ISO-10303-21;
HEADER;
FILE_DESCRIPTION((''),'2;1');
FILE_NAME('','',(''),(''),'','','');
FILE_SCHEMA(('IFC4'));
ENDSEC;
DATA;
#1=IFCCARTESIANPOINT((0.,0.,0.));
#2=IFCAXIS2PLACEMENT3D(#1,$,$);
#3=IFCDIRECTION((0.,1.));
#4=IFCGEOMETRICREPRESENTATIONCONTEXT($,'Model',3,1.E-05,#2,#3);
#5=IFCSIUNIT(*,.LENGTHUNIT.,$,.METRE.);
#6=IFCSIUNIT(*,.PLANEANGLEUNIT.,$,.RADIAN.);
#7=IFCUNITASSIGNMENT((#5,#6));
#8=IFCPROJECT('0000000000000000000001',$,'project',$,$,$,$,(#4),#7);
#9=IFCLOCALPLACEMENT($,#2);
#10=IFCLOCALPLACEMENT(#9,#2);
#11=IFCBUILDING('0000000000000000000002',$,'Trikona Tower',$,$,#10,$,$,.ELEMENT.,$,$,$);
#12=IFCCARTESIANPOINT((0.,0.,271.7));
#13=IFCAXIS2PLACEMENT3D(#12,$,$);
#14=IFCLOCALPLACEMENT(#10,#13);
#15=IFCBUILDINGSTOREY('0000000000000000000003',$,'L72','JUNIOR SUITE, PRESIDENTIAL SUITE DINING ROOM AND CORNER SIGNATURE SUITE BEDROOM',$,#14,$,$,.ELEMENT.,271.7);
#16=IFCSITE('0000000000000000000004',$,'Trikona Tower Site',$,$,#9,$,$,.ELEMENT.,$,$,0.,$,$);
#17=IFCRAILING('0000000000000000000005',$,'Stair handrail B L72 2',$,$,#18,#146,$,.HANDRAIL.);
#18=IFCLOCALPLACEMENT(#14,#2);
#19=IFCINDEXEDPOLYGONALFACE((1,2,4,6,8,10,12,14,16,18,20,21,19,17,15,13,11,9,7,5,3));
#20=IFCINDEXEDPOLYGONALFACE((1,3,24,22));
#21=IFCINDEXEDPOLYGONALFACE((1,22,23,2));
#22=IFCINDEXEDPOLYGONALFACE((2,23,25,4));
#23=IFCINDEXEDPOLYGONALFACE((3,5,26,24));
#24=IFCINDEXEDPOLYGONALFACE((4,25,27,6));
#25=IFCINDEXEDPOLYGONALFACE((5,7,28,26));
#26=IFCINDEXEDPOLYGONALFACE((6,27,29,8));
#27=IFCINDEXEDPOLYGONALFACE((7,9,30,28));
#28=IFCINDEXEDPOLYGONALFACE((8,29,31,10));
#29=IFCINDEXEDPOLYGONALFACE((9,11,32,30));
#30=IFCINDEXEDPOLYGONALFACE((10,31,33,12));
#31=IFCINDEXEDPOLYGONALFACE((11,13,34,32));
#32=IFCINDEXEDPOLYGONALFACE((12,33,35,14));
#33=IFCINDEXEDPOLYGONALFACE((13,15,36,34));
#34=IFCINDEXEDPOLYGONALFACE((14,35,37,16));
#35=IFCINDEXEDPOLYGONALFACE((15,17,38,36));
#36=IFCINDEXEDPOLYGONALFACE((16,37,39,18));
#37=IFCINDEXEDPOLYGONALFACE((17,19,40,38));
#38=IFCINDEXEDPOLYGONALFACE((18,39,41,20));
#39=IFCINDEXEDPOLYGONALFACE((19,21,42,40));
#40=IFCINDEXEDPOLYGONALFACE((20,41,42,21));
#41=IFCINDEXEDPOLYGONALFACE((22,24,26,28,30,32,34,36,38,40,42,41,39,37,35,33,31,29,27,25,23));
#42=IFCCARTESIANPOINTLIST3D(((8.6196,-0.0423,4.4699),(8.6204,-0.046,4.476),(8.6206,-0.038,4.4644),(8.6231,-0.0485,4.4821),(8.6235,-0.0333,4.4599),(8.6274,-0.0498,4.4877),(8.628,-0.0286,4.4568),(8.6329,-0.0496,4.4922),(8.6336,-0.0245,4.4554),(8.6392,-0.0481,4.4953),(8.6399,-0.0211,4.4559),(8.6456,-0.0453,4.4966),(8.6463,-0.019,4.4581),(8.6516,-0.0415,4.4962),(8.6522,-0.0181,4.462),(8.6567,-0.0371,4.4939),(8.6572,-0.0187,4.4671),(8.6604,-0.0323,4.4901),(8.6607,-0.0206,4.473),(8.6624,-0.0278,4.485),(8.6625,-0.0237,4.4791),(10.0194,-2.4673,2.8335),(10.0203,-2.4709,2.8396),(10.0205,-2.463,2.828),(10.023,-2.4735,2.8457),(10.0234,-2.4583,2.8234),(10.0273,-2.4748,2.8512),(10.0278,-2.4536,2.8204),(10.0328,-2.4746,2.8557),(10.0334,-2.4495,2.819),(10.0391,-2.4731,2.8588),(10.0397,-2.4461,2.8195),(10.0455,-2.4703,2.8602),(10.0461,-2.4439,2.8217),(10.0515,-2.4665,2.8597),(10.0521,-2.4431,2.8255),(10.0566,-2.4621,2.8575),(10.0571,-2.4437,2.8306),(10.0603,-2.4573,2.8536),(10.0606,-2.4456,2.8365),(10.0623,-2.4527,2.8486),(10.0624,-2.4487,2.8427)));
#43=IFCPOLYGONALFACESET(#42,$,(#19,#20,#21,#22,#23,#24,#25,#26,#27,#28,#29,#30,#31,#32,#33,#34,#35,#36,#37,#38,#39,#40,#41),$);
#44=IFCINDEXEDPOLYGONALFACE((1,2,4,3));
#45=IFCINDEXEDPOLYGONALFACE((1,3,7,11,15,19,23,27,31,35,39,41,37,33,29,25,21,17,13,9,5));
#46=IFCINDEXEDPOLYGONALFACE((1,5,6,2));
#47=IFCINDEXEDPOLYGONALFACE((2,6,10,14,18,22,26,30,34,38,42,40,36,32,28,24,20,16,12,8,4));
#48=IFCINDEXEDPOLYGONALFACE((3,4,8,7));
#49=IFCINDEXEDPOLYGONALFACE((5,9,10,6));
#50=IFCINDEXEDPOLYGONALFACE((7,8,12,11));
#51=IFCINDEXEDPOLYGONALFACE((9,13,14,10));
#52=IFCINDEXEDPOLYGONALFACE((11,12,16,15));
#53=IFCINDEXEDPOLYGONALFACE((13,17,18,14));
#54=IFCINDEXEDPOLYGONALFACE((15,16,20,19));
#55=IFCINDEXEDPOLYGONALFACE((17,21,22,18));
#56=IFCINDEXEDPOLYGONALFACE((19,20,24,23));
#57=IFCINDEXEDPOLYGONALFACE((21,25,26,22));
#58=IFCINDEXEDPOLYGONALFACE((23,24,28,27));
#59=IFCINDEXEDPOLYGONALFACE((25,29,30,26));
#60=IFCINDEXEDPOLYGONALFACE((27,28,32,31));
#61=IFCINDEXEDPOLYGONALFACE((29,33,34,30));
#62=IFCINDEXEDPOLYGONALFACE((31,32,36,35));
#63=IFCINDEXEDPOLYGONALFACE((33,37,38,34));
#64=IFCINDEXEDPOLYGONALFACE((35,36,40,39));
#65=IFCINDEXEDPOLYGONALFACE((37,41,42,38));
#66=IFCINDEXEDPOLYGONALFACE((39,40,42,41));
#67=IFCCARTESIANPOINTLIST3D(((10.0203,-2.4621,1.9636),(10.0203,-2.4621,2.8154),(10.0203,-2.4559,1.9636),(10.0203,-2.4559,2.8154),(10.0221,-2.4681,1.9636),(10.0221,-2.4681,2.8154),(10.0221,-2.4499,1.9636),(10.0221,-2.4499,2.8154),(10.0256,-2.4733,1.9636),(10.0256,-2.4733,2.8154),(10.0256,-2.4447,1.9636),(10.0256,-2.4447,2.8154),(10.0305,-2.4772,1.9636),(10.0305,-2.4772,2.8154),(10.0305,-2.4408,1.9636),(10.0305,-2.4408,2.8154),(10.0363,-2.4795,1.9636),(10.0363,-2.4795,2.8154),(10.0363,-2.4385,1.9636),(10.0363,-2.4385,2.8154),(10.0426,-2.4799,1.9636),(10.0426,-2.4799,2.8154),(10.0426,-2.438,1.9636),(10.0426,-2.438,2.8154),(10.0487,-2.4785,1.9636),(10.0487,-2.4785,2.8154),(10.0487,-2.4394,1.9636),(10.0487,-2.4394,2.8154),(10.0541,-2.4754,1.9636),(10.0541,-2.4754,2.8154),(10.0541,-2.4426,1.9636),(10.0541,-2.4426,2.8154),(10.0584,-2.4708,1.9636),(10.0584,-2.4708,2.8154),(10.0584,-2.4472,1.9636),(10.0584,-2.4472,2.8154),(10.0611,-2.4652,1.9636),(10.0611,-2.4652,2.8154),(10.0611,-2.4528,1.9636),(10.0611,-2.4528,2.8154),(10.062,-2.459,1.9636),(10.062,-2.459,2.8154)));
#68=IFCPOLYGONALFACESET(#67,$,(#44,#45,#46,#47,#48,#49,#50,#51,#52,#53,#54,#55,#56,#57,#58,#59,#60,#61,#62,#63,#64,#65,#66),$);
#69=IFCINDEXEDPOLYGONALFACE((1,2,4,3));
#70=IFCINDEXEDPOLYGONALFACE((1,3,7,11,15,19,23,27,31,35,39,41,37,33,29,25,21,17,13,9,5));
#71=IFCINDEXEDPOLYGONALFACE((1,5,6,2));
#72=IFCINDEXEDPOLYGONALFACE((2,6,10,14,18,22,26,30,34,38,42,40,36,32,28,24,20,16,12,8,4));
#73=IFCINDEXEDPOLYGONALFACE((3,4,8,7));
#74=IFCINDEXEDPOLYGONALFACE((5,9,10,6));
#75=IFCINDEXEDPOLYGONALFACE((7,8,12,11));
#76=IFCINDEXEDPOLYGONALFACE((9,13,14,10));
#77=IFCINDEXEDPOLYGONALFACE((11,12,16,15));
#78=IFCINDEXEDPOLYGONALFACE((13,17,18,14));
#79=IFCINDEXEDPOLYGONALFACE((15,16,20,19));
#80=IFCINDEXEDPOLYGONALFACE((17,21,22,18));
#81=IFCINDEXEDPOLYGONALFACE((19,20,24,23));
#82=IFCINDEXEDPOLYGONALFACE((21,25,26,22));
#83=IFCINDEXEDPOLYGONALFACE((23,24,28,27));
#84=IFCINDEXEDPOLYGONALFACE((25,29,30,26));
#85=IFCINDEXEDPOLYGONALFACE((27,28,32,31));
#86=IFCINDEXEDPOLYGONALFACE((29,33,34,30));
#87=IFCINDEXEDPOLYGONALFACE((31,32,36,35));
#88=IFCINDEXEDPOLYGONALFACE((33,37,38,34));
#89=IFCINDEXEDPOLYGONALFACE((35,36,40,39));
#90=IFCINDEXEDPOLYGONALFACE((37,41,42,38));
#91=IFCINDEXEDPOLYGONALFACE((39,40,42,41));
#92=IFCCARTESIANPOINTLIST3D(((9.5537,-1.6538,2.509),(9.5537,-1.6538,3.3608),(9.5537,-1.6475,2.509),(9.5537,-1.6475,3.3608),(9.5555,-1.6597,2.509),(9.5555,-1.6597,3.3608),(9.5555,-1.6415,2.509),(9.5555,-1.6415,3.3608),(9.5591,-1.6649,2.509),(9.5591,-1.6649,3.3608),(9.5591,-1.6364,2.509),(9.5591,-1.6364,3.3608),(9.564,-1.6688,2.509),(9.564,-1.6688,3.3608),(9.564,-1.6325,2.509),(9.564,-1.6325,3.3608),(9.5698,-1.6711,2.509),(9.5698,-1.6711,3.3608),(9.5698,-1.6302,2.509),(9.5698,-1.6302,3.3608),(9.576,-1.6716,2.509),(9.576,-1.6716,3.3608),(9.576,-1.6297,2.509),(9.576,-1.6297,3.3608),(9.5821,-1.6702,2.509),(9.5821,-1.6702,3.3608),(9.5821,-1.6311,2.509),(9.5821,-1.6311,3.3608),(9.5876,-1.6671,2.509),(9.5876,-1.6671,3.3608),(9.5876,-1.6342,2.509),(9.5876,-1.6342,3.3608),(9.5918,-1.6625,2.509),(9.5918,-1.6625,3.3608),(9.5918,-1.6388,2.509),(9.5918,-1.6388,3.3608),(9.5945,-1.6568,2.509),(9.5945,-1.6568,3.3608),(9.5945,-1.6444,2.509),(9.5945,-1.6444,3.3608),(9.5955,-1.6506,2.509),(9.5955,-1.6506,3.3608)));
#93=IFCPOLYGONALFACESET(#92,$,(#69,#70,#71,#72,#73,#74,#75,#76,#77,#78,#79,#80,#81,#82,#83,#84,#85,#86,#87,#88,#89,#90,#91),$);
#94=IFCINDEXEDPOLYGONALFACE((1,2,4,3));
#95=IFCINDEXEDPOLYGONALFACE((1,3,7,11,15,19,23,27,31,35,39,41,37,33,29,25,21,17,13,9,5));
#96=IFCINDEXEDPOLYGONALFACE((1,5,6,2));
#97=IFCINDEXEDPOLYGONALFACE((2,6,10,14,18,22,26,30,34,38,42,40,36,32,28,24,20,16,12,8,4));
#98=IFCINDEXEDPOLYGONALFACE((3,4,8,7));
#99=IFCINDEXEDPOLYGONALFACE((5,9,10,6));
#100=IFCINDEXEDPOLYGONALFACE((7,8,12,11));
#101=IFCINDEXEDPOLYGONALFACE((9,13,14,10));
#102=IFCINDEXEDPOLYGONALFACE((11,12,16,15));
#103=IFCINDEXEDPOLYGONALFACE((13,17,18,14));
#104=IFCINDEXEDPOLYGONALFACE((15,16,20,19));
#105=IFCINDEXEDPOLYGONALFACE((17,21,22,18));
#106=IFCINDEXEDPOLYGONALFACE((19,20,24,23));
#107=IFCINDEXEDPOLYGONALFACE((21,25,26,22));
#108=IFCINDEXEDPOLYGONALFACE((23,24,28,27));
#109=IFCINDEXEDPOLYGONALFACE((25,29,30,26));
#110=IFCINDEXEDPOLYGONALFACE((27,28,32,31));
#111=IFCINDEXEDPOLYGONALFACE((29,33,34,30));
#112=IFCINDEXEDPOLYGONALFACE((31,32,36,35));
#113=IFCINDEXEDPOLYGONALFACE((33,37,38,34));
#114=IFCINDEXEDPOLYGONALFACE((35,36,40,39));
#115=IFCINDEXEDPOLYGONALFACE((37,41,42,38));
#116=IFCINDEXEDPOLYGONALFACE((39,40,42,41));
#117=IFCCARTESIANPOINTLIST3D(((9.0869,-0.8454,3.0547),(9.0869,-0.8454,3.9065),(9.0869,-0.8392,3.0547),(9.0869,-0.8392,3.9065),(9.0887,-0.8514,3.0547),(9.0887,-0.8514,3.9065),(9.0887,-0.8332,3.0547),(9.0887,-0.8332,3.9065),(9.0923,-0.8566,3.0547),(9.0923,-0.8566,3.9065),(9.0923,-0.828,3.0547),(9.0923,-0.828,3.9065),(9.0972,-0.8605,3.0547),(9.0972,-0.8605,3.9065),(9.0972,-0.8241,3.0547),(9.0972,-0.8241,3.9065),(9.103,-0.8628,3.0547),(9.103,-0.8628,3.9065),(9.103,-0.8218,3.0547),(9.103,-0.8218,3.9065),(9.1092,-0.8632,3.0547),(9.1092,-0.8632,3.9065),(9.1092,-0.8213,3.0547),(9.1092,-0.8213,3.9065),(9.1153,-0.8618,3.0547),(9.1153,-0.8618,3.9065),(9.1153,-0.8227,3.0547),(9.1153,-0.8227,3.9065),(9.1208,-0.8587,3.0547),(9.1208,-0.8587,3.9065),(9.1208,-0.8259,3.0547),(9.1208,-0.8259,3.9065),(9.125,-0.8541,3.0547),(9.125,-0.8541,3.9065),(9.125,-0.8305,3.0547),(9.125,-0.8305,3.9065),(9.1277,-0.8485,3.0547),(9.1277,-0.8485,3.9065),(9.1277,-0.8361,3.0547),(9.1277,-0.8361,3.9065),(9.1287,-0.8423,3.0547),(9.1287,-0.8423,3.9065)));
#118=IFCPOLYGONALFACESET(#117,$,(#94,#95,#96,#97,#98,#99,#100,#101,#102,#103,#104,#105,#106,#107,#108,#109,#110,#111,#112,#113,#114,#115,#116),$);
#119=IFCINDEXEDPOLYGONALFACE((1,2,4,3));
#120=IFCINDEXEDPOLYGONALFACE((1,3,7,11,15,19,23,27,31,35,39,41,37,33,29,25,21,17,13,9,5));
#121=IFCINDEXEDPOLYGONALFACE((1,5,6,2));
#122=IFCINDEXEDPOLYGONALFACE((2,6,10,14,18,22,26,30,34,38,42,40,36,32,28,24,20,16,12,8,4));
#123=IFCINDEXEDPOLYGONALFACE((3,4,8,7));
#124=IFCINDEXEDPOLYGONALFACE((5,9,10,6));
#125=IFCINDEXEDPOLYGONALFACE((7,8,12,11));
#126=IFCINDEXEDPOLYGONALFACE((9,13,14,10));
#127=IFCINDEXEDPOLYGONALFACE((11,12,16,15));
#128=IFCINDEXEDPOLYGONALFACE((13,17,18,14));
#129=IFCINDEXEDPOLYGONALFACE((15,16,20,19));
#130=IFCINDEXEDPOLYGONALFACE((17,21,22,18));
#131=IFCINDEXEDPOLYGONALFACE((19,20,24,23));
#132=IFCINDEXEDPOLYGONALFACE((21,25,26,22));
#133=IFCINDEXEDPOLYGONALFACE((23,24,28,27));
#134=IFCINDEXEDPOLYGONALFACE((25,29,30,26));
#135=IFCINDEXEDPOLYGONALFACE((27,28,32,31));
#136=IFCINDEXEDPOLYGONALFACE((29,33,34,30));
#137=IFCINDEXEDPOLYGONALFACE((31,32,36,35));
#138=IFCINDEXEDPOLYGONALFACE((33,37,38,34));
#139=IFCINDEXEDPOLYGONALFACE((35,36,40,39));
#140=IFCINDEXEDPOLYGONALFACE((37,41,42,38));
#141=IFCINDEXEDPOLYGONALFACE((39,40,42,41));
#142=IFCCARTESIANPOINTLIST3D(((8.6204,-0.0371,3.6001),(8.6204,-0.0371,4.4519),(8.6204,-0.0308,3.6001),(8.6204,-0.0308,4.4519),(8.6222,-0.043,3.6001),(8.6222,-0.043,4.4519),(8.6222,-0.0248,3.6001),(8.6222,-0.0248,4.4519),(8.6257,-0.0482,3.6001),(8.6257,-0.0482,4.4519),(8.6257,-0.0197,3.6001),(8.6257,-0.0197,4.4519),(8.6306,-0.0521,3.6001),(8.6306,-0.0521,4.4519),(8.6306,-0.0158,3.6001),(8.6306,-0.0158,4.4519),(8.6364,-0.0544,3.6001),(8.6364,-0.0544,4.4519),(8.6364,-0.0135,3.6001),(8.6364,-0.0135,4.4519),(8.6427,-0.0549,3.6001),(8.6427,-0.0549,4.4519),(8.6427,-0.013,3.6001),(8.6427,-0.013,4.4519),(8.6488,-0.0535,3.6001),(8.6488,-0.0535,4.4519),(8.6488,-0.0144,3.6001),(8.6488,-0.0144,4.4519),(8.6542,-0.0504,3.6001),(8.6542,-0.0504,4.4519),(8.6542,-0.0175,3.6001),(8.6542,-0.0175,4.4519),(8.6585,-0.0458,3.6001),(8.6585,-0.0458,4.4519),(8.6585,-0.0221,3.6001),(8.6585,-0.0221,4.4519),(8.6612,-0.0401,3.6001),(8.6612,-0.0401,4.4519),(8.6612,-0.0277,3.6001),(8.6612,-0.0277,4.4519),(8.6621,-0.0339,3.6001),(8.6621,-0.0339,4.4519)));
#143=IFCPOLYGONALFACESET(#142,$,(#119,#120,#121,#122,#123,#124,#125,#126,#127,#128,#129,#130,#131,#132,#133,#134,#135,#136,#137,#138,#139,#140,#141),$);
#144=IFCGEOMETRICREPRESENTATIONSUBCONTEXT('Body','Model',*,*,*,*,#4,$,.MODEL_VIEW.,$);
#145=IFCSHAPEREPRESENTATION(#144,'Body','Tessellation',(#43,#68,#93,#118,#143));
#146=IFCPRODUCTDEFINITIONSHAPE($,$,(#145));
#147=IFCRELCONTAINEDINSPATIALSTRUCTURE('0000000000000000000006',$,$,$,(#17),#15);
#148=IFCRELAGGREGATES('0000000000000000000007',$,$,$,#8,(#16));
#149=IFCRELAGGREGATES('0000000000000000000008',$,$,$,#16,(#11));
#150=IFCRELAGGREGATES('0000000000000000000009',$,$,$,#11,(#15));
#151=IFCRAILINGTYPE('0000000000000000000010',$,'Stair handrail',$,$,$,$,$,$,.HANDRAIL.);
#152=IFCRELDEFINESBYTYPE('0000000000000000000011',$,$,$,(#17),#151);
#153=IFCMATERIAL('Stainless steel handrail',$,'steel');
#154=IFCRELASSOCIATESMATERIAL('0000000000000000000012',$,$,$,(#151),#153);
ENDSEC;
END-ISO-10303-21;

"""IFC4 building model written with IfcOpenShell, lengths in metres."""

from ifc_helpers import new_model, si_unit, direction, frame, origin, origin_2d, place, context, subcontext, project, spatial, circle, extrude, material, type_object, element, save


model = new_model("IFC4")

# Units and contexts
model_context = context("Model", 3, precision=1e-05, world=origin(), true_north=direction((0.0, 1.0)))
body_context = subcontext(model_context, "Body", "Model", "MODEL_VIEW")
ifc_project = project(units=[si_unit("LENGTHUNIT", "METRE"), si_unit("PLANEANGLEUNIT", "RADIAN")], contexts=[model_context])

# Site, building, storey
site_placement = place(None, origin())
site = spatial("IfcSite", under=ifc_project, at=site_placement, Name="Trikona Tower Site", CompositionType="ELEMENT", RefElevation=0.0)
building_placement = place(site_placement, origin())
building = spatial("IfcBuilding", under=site, at=building_placement, Name="Trikona Tower", CompositionType="ELEMENT")
storey_placement = place(building_placement, frame((0.0, 0.0, 271.7)))
storey = spatial("IfcBuildingStorey", under=building, at=storey_placement, Name="L72", Description="JUNIOR SUITE, PRESIDENTIAL SUITE DINING ROOM AND CORNER SIGNATURE SUITE BEDROOM", CompositionType="ELEMENT", Elevation=271.7)

# Railing
ifc_material_1 = material(Name="Stainless steel handrail", Category="steel")
railing_type = type_object("IfcRailingType", Name="Stair handrail", PredefinedType="HANDRAIL", material=ifc_material_1)
railing_placement = place(storey_placement, frame((10.041, -2.459, 1.9636)))
element("IfcRailing", 1, at=railing_placement, inside=storey, type_object=railing_type, Name="Stair handrail B L72 2", PredefinedType="HANDRAIL", context=body_context, shape_type="SweptSolid", body=[
    extrude(circle(Radius=0.0239, at=origin_2d()), frame((0.0, 0.0, 0.876), z_axis=(-0.431636, 0.747723, 0.504579), x_axis=(-0.866056, -0.499946, 0.0)), (0.0, 0.0, 1.0), 3.2432),
    extrude(circle(Radius=0.021, at=origin_2d()), origin(), (0.0, 0.0, 1.0), 0.8518),
    extrude(circle(Radius=0.021, at=origin_2d()), frame((-0.4666, 0.8083, 0.5454)), (0.0, 0.0, 1.0), 0.8518),
    extrude(circle(Radius=0.021, at=origin_2d()), frame((-0.9333, 1.6167, 1.0911)), (0.0, 0.0, 1.0), 0.8518),
    extrude(circle(Radius=0.021, at=origin_2d()), frame((-1.3999, 2.425, 1.6365)), (0.0, 0.0, 1.0), 0.8518),
])

save(model, "model.ifc")
